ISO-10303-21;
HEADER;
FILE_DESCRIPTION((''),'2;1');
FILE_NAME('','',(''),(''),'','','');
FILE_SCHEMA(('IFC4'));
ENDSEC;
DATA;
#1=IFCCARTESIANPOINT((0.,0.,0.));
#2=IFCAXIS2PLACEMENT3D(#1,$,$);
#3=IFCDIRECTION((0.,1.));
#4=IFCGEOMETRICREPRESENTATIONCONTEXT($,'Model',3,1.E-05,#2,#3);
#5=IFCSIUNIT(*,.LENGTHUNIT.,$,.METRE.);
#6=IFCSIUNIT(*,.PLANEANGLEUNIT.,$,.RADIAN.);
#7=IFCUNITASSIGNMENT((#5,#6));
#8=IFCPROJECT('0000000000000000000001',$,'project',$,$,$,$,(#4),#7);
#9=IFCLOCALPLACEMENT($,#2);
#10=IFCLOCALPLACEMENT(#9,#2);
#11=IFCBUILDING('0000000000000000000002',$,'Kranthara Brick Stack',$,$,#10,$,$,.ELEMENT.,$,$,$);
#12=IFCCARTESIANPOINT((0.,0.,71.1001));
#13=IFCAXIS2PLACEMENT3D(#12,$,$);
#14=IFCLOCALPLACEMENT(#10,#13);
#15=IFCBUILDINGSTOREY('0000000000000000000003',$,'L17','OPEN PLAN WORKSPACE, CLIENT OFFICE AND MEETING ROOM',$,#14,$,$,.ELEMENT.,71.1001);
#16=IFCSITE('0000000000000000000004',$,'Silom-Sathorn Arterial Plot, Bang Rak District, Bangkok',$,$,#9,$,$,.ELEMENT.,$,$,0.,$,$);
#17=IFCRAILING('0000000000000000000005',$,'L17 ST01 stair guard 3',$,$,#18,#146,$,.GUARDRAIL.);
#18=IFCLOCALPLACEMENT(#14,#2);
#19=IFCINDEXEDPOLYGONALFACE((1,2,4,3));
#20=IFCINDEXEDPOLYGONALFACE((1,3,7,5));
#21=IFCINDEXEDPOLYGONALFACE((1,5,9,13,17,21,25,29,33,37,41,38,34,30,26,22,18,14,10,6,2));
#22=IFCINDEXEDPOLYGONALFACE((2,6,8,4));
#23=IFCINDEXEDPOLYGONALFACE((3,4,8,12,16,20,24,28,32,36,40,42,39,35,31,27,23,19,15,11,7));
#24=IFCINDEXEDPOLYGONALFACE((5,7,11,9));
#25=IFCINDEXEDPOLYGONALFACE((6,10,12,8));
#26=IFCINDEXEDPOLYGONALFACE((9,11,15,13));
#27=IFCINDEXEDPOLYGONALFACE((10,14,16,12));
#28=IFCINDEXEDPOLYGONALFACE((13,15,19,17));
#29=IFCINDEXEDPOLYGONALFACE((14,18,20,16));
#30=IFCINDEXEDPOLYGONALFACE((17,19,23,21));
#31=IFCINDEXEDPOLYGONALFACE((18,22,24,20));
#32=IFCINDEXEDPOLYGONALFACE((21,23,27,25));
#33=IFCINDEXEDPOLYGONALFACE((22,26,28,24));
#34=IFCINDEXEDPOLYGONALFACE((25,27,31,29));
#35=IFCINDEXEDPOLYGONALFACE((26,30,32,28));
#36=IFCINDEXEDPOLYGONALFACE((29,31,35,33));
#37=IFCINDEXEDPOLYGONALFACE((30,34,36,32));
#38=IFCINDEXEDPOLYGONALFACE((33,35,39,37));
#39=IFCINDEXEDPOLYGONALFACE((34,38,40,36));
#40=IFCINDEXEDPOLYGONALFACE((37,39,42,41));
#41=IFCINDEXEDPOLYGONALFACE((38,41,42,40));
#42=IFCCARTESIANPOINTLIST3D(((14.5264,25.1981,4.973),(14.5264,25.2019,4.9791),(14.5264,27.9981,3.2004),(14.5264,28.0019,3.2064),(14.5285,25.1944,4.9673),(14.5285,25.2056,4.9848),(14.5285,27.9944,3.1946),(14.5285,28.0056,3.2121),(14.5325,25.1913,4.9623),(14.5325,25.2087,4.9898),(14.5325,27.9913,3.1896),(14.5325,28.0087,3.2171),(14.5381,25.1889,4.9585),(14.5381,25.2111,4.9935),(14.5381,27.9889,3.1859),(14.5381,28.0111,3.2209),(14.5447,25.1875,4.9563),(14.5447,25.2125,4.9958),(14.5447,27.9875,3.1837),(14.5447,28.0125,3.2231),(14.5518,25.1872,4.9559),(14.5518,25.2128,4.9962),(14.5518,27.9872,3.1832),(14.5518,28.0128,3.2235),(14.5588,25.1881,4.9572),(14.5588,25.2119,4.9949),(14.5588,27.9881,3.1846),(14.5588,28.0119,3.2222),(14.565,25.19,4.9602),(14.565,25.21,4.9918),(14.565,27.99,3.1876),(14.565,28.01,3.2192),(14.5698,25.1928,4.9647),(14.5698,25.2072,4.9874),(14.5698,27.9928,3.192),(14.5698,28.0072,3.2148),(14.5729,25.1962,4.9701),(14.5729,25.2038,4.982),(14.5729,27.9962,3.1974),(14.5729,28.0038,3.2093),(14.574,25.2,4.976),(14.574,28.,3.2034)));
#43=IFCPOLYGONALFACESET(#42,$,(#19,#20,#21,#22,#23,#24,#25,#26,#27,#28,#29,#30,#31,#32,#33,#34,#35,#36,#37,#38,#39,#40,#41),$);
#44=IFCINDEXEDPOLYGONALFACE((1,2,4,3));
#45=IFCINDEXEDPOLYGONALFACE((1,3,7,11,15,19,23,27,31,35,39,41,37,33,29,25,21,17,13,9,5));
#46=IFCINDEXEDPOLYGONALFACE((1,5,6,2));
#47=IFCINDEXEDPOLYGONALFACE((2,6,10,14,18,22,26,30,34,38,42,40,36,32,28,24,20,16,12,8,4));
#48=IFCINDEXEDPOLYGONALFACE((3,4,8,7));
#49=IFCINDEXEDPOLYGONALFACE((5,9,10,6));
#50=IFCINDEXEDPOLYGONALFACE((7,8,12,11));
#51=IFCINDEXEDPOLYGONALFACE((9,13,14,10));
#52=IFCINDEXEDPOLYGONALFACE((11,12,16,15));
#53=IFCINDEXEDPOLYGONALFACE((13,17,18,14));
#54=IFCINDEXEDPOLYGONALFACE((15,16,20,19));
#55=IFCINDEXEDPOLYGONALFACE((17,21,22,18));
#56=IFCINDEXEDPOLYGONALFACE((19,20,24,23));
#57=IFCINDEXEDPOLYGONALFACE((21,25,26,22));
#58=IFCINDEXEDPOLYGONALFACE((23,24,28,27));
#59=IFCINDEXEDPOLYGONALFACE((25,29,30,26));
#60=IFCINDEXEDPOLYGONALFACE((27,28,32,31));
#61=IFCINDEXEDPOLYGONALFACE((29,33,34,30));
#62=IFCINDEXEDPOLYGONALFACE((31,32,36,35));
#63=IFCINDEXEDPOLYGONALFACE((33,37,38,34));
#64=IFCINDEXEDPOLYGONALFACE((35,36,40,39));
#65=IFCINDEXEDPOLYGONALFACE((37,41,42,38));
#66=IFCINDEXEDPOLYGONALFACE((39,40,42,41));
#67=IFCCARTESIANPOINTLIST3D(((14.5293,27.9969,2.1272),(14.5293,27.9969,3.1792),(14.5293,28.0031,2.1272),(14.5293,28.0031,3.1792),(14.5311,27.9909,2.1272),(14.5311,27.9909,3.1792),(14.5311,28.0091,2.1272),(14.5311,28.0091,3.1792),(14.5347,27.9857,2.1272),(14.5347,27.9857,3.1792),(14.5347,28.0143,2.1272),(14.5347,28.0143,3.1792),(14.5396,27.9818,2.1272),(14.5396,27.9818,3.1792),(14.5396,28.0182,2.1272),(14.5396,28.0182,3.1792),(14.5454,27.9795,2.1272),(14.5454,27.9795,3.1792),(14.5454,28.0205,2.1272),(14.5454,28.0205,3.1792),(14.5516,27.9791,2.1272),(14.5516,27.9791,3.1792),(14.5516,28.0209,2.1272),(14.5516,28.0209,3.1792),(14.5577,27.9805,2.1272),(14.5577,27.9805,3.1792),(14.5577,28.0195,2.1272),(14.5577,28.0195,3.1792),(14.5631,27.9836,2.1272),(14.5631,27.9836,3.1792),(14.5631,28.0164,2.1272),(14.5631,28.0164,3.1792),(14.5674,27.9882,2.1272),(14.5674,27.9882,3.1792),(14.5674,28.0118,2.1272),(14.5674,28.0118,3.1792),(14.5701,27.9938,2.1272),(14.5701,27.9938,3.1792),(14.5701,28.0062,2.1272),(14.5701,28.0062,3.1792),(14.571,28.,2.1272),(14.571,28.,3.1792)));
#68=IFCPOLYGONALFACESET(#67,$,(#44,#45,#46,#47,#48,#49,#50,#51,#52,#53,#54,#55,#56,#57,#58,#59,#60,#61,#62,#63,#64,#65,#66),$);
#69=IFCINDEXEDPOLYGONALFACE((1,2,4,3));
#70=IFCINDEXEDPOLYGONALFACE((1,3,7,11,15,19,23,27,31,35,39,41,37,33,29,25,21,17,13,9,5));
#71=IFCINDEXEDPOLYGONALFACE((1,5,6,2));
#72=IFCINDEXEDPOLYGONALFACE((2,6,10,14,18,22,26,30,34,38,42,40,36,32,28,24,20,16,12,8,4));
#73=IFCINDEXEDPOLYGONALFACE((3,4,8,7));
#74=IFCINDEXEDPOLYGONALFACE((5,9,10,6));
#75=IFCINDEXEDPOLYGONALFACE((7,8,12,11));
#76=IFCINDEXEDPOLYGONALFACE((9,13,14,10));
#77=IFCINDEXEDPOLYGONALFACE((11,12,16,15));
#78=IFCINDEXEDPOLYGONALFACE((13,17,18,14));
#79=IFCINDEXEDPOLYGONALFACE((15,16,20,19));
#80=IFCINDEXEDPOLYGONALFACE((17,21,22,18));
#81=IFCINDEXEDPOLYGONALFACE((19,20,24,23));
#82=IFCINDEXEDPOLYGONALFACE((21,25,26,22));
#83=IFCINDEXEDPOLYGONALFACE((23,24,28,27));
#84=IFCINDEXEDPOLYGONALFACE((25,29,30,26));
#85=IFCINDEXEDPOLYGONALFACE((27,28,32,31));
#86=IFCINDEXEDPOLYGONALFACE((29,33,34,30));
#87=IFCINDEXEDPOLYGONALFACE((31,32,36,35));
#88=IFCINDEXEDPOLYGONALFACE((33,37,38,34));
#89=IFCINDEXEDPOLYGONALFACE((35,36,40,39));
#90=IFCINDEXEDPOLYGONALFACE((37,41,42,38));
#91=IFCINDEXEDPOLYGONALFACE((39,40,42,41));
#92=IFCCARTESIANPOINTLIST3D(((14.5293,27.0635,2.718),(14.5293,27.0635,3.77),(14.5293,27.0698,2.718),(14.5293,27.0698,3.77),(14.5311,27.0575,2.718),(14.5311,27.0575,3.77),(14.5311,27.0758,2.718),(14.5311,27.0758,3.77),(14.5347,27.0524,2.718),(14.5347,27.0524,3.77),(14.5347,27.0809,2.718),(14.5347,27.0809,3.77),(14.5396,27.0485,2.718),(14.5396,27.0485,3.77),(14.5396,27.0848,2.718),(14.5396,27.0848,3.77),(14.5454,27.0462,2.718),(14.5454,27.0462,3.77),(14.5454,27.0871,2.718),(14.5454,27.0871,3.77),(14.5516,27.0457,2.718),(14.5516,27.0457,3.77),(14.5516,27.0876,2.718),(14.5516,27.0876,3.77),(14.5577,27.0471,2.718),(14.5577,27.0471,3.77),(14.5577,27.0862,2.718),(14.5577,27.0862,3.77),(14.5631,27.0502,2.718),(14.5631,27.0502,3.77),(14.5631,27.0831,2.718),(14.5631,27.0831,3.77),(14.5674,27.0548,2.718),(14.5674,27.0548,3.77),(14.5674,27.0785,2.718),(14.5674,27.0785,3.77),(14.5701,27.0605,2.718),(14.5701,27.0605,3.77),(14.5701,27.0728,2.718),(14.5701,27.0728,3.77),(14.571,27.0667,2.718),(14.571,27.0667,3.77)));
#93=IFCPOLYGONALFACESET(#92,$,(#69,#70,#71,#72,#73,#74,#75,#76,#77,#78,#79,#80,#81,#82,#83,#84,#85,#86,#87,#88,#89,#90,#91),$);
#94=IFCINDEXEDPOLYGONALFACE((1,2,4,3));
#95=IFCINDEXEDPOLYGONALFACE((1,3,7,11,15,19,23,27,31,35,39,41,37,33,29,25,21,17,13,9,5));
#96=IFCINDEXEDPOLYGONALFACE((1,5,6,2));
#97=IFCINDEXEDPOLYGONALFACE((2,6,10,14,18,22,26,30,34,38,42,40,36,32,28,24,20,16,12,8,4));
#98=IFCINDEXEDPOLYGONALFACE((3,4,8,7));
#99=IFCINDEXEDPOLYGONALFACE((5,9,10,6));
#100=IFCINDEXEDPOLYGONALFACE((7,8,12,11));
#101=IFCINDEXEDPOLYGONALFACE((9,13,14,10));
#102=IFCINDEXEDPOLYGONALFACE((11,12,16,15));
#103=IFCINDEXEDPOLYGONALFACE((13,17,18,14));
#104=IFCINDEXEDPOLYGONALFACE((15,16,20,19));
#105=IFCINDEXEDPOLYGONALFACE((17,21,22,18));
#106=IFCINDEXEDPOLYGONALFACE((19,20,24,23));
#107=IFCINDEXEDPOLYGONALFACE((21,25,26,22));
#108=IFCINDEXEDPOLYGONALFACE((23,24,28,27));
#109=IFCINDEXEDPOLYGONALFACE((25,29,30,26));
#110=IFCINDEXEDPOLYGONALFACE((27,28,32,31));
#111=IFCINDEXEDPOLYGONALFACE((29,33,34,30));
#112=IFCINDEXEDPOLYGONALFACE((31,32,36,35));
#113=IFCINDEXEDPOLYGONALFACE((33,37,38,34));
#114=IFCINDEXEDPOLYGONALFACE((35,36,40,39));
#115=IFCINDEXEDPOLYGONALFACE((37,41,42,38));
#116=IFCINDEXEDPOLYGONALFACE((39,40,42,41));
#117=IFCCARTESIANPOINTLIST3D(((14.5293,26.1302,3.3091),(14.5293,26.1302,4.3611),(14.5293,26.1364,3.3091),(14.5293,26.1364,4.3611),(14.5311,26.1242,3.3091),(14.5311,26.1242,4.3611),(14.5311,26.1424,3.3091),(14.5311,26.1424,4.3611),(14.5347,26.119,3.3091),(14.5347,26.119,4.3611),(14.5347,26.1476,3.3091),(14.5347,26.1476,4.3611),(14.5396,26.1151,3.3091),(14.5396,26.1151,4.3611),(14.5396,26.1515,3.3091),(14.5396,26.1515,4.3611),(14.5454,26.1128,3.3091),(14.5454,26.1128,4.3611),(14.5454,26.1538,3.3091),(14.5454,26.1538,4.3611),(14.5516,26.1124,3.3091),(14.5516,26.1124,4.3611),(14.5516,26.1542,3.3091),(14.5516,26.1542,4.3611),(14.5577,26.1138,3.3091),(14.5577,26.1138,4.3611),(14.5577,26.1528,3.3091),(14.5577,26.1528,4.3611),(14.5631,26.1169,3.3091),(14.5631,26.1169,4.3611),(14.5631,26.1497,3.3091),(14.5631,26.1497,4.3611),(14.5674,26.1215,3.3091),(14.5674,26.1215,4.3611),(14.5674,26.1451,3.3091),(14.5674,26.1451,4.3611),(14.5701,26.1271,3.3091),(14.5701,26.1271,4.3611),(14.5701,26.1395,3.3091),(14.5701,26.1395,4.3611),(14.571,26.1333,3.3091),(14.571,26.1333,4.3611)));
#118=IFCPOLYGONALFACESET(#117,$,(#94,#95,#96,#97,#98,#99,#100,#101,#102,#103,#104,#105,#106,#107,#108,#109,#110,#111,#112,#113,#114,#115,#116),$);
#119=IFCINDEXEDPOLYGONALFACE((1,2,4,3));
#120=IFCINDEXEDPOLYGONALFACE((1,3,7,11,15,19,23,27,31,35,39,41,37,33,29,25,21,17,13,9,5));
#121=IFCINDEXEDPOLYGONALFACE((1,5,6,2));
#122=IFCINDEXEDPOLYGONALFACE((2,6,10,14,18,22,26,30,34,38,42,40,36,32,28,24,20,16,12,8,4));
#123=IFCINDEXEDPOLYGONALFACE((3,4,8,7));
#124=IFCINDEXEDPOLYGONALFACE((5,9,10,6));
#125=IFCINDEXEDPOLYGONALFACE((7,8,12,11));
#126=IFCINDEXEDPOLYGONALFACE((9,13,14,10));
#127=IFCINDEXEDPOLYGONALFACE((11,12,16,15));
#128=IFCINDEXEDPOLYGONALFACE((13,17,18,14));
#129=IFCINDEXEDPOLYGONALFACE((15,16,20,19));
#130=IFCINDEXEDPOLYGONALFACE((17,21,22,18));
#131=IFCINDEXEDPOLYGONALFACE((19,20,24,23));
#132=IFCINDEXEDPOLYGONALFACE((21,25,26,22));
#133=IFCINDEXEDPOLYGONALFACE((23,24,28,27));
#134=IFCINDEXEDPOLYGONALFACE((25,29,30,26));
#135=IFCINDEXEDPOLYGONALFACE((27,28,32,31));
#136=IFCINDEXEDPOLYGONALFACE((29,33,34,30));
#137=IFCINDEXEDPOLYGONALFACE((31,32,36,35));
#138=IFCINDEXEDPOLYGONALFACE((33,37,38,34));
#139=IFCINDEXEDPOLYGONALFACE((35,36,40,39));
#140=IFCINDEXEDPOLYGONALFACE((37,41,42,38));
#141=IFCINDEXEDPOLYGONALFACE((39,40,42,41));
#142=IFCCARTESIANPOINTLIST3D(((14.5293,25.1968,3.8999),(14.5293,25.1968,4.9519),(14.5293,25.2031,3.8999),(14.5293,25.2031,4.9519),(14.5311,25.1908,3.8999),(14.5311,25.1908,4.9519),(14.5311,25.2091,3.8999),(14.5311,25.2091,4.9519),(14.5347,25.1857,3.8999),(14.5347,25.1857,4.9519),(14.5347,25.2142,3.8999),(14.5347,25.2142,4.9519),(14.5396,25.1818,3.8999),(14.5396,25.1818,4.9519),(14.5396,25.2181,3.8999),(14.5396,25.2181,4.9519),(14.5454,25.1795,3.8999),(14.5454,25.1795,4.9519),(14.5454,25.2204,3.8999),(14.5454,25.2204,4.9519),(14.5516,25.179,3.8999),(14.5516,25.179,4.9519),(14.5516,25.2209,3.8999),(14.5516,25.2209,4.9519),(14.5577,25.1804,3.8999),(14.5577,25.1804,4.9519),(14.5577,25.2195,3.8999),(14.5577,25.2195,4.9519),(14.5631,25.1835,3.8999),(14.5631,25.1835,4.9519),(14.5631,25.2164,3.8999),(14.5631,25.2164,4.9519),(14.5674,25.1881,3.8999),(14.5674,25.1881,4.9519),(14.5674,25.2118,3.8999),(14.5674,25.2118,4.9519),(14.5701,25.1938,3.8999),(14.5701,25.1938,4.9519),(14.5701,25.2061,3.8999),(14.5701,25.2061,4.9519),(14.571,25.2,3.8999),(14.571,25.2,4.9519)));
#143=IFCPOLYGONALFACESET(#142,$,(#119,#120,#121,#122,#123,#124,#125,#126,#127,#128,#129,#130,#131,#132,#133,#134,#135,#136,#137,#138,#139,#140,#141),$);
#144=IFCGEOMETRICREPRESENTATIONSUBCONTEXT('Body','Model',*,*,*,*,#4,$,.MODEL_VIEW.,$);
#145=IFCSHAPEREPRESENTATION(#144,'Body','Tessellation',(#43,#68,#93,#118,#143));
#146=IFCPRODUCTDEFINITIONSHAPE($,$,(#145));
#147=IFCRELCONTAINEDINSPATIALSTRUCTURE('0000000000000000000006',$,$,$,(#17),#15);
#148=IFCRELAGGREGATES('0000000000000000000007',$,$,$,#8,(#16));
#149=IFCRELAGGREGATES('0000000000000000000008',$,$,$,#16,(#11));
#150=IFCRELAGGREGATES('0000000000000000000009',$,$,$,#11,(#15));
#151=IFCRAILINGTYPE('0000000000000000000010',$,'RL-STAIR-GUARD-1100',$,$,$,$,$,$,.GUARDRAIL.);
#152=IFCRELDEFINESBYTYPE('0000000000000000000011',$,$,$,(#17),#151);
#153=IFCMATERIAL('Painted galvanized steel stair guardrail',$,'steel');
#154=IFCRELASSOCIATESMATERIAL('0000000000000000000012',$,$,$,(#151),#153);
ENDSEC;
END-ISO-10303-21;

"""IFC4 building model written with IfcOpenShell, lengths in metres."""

from ifc_helpers import new_model, si_unit, direction, frame, origin, origin_2d, place, context, subcontext, project, spatial, circle, extrude, material, type_object, element, save


model = new_model("IFC4")

# Units and contexts
model_context = context("Model", 3, precision=1e-05, world=origin(), true_north=direction((0.0, 1.0)))
body_context = subcontext(model_context, "Body", "Model", "MODEL_VIEW")
ifc_project = project(units=[si_unit("LENGTHUNIT", "METRE"), si_unit("PLANEANGLEUNIT", "RADIAN")], contexts=[model_context])

# Site, building, storey
site_placement = place(None, origin())
site = spatial("IfcSite", under=ifc_project, at=site_placement, Name="Silom-Sathorn Arterial Plot, Bang Rak District, Bangkok", CompositionType="ELEMENT", RefElevation=0.0)
building_placement = place(site_placement, origin())
building = spatial("IfcBuilding", under=site, at=building_placement, Name="Kranthara Brick Stack", CompositionType="ELEMENT")
storey_placement = place(building_placement, frame((0.0, 0.0, 71.1001)))
storey = spatial("IfcBuildingStorey", under=building, at=storey_placement, Name="L17", Description="OPEN PLAN WORKSPACE, CLIENT OFFICE AND MEETING ROOM", CompositionType="ELEMENT", Elevation=71.1001)

# Railing
ifc_material_1 = material(Name="Painted galvanized steel stair guardrail", Category="steel")
railing_type_1 = type_object("IfcRailingType", Name="RL-STAIR-GUARD-1100", PredefinedType="GUARDRAIL", material=ifc_material_1)
railing_1_placement = place(storey_placement, frame((14.55, 28.0, 2.1272)))
element("IfcRailing", 1, at=railing_1_placement, inside=storey, type_object=railing_type_1, Name="L17 ST01 stair guard 3", PredefinedType="GUARDRAIL", context=body_context, shape_type="SweptSolid", body=[
    extrude(circle(Radius=0.0239, at=origin_2d()), frame((0.0, 0.0, 1.0762), z_axis=(0.0, -0.844909, 0.53491), x_axis=(1.0, 0.0, 0.0)), (0.0, 0.0, 1.0), 3.314),
    extrude(circle(Radius=0.021, at=origin_2d()), origin(), (0.0, 0.0, 1.0), 1.052),
    extrude(circle(Radius=0.021, at=origin_2d()), frame((0.0, -0.9333, 0.5908)), (0.0, 0.0, 1.0), 1.052),
    extrude(circle(Radius=0.021, at=origin_2d()), frame((0.0, -1.8667, 1.1819)), (0.0, 0.0, 1.0), 1.052),
    extrude(circle(Radius=0.021, at=origin_2d()), frame((0.0, -2.8, 1.7727)), (0.0, 0.0, 1.0), 1.052),
])

save(model, "model.ifc")
